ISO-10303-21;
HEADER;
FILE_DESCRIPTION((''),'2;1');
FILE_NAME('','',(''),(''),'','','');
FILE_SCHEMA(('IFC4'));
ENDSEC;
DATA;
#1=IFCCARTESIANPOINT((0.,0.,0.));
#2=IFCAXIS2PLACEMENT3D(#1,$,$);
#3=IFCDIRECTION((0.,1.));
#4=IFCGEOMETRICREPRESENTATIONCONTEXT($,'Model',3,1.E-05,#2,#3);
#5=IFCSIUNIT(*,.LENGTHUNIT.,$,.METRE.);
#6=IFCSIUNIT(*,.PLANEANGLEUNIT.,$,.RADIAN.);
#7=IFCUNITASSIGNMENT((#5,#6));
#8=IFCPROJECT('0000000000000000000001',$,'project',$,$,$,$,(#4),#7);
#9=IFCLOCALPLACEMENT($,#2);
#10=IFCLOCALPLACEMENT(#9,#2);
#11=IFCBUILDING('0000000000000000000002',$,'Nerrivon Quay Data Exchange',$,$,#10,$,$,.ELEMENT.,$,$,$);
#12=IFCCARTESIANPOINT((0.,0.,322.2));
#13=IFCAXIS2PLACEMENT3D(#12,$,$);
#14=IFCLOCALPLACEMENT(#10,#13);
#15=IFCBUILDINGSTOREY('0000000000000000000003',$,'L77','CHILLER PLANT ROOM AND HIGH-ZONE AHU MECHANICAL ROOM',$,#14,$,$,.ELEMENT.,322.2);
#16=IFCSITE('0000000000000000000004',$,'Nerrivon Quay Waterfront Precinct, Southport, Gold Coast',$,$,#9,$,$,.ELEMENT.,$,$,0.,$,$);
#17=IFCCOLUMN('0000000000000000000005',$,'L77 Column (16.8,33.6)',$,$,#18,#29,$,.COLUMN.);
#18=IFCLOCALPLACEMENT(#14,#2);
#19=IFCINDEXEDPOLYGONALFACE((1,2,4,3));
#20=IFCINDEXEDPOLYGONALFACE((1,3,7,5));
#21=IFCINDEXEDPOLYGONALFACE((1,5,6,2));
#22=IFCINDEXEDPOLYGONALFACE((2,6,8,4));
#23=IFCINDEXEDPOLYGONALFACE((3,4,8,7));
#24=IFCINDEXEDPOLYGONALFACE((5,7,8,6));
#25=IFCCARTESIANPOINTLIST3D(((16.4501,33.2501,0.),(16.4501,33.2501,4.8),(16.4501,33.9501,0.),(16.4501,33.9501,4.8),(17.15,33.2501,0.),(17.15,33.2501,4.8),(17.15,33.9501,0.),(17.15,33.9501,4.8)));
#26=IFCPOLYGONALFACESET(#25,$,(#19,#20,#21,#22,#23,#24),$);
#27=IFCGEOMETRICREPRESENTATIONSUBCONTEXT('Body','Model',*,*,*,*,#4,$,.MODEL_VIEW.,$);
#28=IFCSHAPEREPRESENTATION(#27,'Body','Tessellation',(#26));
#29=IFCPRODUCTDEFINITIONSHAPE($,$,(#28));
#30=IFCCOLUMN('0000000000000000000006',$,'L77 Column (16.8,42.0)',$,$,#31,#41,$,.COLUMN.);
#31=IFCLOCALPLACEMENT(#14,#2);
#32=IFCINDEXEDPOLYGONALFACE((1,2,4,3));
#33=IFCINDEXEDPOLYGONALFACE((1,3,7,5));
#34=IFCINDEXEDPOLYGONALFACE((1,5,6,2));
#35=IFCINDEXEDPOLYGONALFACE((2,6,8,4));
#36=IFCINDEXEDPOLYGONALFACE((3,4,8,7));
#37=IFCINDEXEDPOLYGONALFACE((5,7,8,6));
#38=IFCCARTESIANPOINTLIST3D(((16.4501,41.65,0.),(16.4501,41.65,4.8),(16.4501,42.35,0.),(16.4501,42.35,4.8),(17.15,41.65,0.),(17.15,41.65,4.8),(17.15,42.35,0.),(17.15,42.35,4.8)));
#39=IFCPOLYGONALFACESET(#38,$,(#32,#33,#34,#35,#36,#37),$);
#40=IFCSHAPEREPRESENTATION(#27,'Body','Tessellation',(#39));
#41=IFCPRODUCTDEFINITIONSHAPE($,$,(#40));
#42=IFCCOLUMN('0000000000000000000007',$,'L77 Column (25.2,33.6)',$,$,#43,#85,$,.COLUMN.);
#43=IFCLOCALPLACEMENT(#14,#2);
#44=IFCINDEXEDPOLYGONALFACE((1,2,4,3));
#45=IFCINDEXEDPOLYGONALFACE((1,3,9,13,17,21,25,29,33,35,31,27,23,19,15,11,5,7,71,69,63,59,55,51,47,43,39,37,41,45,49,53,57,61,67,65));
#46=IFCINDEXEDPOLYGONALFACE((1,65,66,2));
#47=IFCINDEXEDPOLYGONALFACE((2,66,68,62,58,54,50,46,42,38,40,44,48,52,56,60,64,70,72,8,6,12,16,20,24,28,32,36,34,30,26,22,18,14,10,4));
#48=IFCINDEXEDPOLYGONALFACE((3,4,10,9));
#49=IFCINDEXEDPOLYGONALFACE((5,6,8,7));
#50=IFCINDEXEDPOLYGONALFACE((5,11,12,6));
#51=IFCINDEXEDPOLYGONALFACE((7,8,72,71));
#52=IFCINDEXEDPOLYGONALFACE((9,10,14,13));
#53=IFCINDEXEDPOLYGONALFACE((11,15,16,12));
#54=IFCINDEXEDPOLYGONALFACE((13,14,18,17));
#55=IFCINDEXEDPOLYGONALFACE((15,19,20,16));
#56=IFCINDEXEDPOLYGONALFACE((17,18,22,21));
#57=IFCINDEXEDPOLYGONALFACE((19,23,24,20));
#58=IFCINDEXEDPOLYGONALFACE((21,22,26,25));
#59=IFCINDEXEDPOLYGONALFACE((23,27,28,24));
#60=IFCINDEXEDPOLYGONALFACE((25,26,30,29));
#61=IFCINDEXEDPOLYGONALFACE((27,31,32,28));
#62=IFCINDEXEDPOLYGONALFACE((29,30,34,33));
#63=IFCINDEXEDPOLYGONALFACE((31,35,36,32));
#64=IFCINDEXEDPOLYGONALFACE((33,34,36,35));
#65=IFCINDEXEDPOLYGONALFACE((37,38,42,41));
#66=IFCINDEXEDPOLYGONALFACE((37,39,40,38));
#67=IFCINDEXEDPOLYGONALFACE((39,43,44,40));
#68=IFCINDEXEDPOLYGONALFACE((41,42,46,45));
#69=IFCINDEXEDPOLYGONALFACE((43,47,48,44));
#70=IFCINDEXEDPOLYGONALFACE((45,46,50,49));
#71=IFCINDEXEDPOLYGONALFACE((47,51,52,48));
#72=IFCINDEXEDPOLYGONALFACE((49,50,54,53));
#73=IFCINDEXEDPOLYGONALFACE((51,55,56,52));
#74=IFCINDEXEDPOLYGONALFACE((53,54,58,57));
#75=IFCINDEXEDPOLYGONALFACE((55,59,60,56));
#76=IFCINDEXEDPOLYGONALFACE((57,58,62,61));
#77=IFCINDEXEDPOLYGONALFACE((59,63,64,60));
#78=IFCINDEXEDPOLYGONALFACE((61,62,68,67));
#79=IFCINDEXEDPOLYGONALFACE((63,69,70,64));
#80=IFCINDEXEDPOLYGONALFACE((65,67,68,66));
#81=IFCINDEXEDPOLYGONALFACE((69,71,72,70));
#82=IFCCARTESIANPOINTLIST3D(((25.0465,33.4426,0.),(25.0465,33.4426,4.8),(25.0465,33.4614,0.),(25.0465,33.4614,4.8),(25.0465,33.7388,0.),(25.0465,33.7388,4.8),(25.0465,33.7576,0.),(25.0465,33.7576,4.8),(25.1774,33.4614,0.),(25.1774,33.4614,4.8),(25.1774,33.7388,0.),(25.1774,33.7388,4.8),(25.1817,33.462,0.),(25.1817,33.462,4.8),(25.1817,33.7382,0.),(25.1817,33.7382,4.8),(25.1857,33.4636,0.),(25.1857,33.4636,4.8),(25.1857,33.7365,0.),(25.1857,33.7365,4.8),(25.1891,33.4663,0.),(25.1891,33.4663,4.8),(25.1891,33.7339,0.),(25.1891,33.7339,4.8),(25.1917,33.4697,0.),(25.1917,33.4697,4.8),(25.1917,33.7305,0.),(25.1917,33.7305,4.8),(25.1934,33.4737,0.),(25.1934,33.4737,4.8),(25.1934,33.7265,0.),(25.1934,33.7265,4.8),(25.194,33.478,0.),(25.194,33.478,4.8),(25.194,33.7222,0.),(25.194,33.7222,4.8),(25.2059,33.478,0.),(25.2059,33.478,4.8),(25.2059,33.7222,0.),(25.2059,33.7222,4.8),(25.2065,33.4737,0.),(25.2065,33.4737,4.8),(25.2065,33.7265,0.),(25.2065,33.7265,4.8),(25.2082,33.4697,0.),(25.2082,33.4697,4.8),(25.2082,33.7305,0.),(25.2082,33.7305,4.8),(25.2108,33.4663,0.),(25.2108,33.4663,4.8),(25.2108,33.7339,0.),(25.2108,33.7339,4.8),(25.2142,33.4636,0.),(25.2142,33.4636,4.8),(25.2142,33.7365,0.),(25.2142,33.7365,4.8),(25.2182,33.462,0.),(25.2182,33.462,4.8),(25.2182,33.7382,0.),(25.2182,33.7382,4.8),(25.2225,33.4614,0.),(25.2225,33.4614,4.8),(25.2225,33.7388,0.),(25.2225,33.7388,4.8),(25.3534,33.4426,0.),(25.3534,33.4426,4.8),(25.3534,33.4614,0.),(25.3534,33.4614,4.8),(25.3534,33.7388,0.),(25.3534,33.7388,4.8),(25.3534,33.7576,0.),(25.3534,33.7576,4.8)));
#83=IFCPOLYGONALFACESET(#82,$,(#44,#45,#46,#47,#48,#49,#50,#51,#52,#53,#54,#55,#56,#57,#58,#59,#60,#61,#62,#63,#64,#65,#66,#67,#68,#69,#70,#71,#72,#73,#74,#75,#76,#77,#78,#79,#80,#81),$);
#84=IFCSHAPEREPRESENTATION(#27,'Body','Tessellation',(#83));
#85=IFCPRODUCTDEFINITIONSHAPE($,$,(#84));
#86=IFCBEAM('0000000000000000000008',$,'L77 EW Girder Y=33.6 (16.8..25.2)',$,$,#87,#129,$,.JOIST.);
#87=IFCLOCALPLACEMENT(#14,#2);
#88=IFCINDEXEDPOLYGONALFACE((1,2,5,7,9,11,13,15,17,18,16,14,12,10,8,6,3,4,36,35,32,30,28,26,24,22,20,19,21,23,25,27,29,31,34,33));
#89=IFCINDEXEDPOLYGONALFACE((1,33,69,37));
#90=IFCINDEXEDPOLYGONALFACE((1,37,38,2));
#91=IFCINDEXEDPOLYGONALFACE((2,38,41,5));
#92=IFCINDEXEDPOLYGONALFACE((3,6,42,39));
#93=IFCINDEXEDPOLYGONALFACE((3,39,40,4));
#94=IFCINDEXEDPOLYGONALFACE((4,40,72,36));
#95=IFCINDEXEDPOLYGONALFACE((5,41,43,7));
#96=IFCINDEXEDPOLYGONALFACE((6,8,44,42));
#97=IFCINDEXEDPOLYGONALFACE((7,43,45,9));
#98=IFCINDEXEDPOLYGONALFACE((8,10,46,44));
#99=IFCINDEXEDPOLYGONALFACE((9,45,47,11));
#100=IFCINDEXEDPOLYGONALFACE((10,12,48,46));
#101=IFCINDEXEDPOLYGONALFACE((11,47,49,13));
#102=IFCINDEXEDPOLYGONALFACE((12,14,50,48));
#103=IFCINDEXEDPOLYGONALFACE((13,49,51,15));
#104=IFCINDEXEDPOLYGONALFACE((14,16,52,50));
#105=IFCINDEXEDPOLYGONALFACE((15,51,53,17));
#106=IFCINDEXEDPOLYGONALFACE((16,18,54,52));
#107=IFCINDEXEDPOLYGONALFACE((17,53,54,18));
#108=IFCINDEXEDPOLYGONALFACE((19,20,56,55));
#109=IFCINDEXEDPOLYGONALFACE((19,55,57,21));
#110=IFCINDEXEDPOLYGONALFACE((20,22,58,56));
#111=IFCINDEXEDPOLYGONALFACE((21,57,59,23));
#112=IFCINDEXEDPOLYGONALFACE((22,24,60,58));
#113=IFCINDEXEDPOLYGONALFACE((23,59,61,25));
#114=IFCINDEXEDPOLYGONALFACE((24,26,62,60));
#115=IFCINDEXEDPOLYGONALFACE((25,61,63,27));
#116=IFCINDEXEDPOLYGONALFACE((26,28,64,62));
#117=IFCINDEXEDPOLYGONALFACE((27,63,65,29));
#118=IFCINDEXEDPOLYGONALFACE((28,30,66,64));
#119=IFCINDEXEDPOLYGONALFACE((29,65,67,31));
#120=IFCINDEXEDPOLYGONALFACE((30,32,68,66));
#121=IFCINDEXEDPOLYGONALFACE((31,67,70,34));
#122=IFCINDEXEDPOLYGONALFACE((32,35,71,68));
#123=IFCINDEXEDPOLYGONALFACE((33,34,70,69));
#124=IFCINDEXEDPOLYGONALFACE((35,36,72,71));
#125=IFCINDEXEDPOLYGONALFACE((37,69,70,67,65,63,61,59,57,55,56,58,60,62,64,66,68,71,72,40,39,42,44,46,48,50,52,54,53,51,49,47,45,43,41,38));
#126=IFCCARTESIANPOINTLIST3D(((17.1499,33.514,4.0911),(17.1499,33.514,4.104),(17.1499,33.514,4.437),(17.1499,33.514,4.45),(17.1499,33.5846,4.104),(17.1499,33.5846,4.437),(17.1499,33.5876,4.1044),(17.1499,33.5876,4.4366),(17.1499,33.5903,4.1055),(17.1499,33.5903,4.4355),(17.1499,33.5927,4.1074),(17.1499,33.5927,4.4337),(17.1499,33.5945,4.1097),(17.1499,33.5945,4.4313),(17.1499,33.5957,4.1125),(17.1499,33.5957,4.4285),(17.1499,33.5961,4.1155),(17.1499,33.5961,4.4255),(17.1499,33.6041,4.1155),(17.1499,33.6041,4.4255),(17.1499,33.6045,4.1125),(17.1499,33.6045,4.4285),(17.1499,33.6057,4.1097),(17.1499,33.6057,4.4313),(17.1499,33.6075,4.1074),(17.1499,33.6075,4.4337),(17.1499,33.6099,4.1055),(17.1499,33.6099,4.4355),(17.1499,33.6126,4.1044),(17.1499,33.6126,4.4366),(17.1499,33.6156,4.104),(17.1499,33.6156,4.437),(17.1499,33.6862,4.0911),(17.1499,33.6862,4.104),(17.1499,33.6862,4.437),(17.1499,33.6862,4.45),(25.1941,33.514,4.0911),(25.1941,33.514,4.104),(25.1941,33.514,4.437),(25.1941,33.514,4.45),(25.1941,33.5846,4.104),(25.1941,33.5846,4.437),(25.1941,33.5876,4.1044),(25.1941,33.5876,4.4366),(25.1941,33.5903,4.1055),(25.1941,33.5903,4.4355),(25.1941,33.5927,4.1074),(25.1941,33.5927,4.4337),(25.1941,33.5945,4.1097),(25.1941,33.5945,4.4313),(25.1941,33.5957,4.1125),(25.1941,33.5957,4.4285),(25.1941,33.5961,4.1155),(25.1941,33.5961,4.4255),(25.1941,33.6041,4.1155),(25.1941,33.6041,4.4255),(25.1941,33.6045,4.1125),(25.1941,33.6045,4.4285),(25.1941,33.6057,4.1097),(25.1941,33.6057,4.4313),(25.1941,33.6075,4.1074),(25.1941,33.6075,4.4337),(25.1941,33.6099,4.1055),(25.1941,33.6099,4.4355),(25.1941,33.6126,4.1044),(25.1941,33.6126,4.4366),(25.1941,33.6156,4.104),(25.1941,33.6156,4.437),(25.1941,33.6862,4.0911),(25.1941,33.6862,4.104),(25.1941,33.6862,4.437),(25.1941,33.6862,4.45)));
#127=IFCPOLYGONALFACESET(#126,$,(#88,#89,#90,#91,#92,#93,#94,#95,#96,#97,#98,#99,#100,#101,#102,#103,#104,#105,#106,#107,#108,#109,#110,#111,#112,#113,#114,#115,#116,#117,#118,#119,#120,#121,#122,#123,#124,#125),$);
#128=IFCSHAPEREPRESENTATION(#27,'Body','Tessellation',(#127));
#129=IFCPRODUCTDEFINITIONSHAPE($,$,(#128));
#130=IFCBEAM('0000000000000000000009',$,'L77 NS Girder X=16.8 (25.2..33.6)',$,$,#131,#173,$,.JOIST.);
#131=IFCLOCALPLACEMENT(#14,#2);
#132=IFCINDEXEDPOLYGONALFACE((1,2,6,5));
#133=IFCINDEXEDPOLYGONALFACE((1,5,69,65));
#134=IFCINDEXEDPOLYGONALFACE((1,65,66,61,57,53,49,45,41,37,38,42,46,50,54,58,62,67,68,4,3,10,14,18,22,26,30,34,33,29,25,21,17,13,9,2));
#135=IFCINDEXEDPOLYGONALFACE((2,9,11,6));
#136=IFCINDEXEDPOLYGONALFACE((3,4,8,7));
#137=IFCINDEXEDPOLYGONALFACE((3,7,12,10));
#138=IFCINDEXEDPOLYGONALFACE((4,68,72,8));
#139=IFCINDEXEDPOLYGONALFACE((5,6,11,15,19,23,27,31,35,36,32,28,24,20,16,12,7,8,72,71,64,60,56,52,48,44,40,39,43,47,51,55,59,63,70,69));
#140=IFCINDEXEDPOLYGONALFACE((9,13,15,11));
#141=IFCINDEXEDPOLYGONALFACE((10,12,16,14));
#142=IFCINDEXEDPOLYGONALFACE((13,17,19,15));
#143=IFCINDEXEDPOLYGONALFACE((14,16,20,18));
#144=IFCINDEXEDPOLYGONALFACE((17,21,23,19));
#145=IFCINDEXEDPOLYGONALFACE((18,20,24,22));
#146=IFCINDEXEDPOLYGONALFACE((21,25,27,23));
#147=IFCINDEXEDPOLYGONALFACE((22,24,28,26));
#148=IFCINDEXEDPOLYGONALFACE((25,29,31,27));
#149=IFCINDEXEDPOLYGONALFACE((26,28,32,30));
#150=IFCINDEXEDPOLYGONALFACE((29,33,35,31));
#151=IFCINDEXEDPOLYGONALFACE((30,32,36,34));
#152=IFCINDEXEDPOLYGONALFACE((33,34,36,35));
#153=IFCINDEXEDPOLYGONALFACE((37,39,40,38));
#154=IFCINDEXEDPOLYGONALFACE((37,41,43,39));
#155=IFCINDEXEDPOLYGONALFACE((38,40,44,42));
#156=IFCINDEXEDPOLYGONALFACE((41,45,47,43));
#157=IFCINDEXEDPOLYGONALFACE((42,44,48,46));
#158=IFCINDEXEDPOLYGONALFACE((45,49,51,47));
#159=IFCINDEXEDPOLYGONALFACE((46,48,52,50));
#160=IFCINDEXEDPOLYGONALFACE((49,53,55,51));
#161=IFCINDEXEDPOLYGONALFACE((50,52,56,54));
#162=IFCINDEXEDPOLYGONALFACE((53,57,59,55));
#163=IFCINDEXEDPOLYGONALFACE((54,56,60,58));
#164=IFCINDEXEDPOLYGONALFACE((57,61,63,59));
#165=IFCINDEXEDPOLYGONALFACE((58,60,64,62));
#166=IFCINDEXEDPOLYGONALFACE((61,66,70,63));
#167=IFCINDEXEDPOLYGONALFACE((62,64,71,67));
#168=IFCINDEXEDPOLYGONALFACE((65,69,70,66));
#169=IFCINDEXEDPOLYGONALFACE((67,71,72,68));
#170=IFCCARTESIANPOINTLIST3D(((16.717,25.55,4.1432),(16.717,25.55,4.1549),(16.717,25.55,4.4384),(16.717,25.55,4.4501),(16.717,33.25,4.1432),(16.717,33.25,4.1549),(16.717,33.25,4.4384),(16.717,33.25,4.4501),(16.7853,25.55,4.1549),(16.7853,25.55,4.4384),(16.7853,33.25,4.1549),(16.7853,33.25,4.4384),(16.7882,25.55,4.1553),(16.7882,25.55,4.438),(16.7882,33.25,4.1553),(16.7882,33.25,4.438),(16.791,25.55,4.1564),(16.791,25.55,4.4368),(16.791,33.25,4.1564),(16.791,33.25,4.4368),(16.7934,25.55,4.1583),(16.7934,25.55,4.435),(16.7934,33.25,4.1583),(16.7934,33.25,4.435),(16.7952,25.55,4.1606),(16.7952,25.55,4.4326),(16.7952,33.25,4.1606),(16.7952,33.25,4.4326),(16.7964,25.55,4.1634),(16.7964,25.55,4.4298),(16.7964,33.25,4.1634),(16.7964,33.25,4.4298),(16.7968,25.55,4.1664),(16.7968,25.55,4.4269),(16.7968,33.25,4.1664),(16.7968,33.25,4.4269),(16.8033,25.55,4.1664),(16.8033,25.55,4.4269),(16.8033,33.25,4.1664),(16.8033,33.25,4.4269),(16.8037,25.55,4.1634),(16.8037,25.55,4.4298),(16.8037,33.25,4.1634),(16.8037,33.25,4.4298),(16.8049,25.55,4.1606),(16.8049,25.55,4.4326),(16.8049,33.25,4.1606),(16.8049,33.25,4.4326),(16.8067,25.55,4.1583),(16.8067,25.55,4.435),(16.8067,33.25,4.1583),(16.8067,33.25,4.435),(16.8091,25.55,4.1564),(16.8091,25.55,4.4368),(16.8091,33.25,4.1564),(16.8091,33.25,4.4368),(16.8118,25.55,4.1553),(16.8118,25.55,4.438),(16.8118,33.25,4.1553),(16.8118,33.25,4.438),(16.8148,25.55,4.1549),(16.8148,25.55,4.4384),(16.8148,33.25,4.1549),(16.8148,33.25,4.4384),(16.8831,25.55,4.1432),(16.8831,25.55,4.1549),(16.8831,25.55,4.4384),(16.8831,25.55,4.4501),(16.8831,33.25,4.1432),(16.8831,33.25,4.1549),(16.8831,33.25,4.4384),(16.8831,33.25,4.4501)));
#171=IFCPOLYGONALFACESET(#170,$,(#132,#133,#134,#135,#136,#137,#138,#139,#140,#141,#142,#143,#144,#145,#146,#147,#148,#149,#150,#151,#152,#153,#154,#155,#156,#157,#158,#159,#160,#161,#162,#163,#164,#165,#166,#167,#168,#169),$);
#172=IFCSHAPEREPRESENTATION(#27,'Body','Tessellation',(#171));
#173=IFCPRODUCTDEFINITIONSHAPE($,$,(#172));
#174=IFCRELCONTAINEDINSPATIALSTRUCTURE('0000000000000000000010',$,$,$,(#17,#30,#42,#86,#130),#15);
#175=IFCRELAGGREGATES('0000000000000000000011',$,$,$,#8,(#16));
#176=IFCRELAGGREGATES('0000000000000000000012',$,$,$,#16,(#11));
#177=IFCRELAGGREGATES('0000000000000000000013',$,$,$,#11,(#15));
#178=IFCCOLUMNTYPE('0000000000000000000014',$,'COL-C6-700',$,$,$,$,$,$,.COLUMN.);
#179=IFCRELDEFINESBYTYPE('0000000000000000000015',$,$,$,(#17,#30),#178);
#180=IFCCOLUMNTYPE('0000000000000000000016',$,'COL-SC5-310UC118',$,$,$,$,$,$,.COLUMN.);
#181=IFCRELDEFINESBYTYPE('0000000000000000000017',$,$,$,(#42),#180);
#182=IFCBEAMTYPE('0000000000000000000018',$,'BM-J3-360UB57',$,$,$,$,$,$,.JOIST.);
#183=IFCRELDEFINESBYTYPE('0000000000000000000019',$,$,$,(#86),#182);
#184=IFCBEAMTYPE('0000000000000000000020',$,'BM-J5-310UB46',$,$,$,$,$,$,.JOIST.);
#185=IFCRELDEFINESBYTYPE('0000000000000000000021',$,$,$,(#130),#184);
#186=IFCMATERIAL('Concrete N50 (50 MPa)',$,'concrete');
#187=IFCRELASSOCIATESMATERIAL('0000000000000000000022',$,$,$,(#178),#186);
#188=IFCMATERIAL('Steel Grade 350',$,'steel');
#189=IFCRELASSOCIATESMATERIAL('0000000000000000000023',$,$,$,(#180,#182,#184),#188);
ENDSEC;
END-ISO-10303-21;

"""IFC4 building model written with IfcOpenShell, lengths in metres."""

from ifc_helpers import new_model, si_unit, direction, frame, origin, origin_2d, place, context, subcontext, project, spatial, rectangle, i_section, extrude, material, material_profile, profile_set, type_object, element, save


model = new_model("IFC4")

# Units and contexts
model_context = context("Model", 3, precision=1e-05, world=origin(), true_north=direction((0.0, 1.0)))
body_context = subcontext(model_context, "Body", "Model", "MODEL_VIEW")
ifc_project = project(units=[si_unit("LENGTHUNIT", "METRE"), si_unit("PLANEANGLEUNIT", "RADIAN")], contexts=[model_context])

# Site, building, storey
site_placement = place(None, origin())
site = spatial("IfcSite", under=ifc_project, at=site_placement, Name="Nerrivon Quay Waterfront Precinct, Southport, Gold Coast", CompositionType="ELEMENT", RefElevation=0.0)
building_placement = place(site_placement, origin())
building = spatial("IfcBuilding", under=site, at=building_placement, Name="Nerrivon Quay Data Exchange", CompositionType="ELEMENT")
storey_placement = place(building_placement, frame((0.0, 0.0, 322.2)))
storey = spatial("IfcBuildingStorey", under=building, at=storey_placement, Name="L77", Description="CHILLER PLANT ROOM AND HIGH-ZONE AHU MECHANICAL ROOM", CompositionType="ELEMENT", Elevation=322.2)

# Columns
ifc_material_1 = material(Name="Concrete N50 (50 MPa)", Category="concrete")
ifc_material_profile_1 = material_profile(ifc_material_1, rectangle(XDim=0.7, YDim=0.7, at=origin_2d()), Name="RC-COL-700x700")
ifc_profile_set_1 = profile_set([ifc_material_profile_1], Name="Concrete N50 (50 MPa)")
column_type_1 = type_object("IfcColumnType", Name="COL-C6-700", PredefinedType="COLUMN", material=ifc_profile_set_1)
for number, where, z_axis, x_axis, name in (
    (1, (16.8, 33.6001, 0.0), (0.0, 0.0, 1.0), (1.0, 0.0, 0.0), "L77 Column (16.8,33.6)"),
    (2, (16.8, 42.0, 0.0), (0.0, 0.0, 1.0), (1.0, 0.0, 0.0), "L77 Column (16.8,42.0)"),
):
    element("IfcColumn", number, at=place(storey_placement, frame(where, z_axis=z_axis, x_axis=x_axis)), inside=storey, type_object=column_type_1, Name=name, PredefinedType="COLUMN", context=body_context, shape_type="SweptSolid", body=[
        extrude(rectangle(XDim=0.7, YDim=0.7, at=origin_2d()), origin(), (0.0, 0.0, 1.0), 4.8),
    ])
ifc_material_2 = material(Name="Steel Grade 350", Category="steel")
ifc_material_profile_2 = material_profile(ifc_material_2, i_section(OverallWidth=0.3069, OverallDepth=0.3149, WebThickness=0.012, FlangeThickness=0.0188, FilletRadius=0.0166, at=origin_2d()), Name="310UC118")
ifc_profile_set_2 = profile_set([ifc_material_profile_2], Name="Steel Grade 350")
column_type_2 = type_object("IfcColumnType", Name="COL-SC5-310UC118", PredefinedType="COLUMN", material=ifc_profile_set_2)
column_placement = place(storey_placement, frame((25.2, 33.6001, 0.0), z_axis=(0.0, 0.0, 1.0), x_axis=(1.0, 0.0, 0.0)))
element("IfcColumn", 3, at=column_placement, inside=storey, type_object=column_type_2, Name="L77 Column (25.2,33.6)", PredefinedType="COLUMN", context=body_context, shape_type="SweptSolid", body=[
    extrude(i_section(OverallWidth=0.3069, OverallDepth=0.3149, WebThickness=0.012, FlangeThickness=0.0188, FilletRadius=0.0166, at=origin_2d()), origin(), (0.0, 0.0, 1.0), 4.8),
])

# Beams
ifc_material_profile_3 = material_profile(ifc_material_2, i_section(OverallWidth=0.1721, OverallDepth=0.3589, WebThickness=0.0081, FlangeThickness=0.0129, FilletRadius=0.0115, at=origin_2d()), Name="360UB56.7")
ifc_profile_set_3 = profile_set([ifc_material_profile_3], Name="Steel Grade 350")
beam_type_1 = type_object("IfcBeamType", Name="BM-J3-360UB57", PredefinedType="JOIST", material=ifc_profile_set_3)
beam_1_placement = place(storey_placement, frame((17.1499, 33.6001, 4.2705), z_axis=(1.0, 0.0, 0.0), x_axis=(0.0, 1.0, 0.0)))
element("IfcBeam", 4, at=beam_1_placement, inside=storey, type_object=beam_type_1, Name="L77 EW Girder Y=33.6 (16.8..25.2)", PredefinedType="JOIST", context=body_context, shape_type="SweptSolid", body=[
    extrude(i_section(OverallWidth=0.1721, OverallDepth=0.3589, WebThickness=0.0081, FlangeThickness=0.0129, FilletRadius=0.0115, at=origin_2d()), origin(), (0.0, 0.0, 1.0), 8.0442),
])
ifc_material_profile_4 = material_profile(ifc_material_2, i_section(OverallWidth=0.166, OverallDepth=0.3069, WebThickness=0.0066, FlangeThickness=0.0117, FilletRadius=0.0115, at=origin_2d()), Name="310UB46.2")
ifc_profile_set_4 = profile_set([ifc_material_profile_4], Name="Steel Grade 350")
beam_type_2 = type_object("IfcBeamType", Name="BM-J5-310UB46", PredefinedType="JOIST", material=ifc_profile_set_4)
for number, where, z_axis, x_axis, name in (
    (5, (16.8, 25.55, 4.2966), (0.0, 1.0, 0.0), (-1.0, 0.0, 0.0), "L77 NS Girder X=16.8 (25.2..33.6)"),
):
    element("IfcBeam", number, at=place(storey_placement, frame(where, z_axis=z_axis, x_axis=x_axis)), inside=storey, type_object=beam_type_2, Name=name, PredefinedType="JOIST", context=body_context, shape_type="SweptSolid", body=[
        extrude(i_section(OverallWidth=0.166, OverallDepth=0.3069, WebThickness=0.0066, FlangeThickness=0.0117, FilletRadius=0.0115, at=origin_2d()), origin(), (0.0, 0.0, 1.0), 7.7),
    ])

save(model, "model.ifc")
